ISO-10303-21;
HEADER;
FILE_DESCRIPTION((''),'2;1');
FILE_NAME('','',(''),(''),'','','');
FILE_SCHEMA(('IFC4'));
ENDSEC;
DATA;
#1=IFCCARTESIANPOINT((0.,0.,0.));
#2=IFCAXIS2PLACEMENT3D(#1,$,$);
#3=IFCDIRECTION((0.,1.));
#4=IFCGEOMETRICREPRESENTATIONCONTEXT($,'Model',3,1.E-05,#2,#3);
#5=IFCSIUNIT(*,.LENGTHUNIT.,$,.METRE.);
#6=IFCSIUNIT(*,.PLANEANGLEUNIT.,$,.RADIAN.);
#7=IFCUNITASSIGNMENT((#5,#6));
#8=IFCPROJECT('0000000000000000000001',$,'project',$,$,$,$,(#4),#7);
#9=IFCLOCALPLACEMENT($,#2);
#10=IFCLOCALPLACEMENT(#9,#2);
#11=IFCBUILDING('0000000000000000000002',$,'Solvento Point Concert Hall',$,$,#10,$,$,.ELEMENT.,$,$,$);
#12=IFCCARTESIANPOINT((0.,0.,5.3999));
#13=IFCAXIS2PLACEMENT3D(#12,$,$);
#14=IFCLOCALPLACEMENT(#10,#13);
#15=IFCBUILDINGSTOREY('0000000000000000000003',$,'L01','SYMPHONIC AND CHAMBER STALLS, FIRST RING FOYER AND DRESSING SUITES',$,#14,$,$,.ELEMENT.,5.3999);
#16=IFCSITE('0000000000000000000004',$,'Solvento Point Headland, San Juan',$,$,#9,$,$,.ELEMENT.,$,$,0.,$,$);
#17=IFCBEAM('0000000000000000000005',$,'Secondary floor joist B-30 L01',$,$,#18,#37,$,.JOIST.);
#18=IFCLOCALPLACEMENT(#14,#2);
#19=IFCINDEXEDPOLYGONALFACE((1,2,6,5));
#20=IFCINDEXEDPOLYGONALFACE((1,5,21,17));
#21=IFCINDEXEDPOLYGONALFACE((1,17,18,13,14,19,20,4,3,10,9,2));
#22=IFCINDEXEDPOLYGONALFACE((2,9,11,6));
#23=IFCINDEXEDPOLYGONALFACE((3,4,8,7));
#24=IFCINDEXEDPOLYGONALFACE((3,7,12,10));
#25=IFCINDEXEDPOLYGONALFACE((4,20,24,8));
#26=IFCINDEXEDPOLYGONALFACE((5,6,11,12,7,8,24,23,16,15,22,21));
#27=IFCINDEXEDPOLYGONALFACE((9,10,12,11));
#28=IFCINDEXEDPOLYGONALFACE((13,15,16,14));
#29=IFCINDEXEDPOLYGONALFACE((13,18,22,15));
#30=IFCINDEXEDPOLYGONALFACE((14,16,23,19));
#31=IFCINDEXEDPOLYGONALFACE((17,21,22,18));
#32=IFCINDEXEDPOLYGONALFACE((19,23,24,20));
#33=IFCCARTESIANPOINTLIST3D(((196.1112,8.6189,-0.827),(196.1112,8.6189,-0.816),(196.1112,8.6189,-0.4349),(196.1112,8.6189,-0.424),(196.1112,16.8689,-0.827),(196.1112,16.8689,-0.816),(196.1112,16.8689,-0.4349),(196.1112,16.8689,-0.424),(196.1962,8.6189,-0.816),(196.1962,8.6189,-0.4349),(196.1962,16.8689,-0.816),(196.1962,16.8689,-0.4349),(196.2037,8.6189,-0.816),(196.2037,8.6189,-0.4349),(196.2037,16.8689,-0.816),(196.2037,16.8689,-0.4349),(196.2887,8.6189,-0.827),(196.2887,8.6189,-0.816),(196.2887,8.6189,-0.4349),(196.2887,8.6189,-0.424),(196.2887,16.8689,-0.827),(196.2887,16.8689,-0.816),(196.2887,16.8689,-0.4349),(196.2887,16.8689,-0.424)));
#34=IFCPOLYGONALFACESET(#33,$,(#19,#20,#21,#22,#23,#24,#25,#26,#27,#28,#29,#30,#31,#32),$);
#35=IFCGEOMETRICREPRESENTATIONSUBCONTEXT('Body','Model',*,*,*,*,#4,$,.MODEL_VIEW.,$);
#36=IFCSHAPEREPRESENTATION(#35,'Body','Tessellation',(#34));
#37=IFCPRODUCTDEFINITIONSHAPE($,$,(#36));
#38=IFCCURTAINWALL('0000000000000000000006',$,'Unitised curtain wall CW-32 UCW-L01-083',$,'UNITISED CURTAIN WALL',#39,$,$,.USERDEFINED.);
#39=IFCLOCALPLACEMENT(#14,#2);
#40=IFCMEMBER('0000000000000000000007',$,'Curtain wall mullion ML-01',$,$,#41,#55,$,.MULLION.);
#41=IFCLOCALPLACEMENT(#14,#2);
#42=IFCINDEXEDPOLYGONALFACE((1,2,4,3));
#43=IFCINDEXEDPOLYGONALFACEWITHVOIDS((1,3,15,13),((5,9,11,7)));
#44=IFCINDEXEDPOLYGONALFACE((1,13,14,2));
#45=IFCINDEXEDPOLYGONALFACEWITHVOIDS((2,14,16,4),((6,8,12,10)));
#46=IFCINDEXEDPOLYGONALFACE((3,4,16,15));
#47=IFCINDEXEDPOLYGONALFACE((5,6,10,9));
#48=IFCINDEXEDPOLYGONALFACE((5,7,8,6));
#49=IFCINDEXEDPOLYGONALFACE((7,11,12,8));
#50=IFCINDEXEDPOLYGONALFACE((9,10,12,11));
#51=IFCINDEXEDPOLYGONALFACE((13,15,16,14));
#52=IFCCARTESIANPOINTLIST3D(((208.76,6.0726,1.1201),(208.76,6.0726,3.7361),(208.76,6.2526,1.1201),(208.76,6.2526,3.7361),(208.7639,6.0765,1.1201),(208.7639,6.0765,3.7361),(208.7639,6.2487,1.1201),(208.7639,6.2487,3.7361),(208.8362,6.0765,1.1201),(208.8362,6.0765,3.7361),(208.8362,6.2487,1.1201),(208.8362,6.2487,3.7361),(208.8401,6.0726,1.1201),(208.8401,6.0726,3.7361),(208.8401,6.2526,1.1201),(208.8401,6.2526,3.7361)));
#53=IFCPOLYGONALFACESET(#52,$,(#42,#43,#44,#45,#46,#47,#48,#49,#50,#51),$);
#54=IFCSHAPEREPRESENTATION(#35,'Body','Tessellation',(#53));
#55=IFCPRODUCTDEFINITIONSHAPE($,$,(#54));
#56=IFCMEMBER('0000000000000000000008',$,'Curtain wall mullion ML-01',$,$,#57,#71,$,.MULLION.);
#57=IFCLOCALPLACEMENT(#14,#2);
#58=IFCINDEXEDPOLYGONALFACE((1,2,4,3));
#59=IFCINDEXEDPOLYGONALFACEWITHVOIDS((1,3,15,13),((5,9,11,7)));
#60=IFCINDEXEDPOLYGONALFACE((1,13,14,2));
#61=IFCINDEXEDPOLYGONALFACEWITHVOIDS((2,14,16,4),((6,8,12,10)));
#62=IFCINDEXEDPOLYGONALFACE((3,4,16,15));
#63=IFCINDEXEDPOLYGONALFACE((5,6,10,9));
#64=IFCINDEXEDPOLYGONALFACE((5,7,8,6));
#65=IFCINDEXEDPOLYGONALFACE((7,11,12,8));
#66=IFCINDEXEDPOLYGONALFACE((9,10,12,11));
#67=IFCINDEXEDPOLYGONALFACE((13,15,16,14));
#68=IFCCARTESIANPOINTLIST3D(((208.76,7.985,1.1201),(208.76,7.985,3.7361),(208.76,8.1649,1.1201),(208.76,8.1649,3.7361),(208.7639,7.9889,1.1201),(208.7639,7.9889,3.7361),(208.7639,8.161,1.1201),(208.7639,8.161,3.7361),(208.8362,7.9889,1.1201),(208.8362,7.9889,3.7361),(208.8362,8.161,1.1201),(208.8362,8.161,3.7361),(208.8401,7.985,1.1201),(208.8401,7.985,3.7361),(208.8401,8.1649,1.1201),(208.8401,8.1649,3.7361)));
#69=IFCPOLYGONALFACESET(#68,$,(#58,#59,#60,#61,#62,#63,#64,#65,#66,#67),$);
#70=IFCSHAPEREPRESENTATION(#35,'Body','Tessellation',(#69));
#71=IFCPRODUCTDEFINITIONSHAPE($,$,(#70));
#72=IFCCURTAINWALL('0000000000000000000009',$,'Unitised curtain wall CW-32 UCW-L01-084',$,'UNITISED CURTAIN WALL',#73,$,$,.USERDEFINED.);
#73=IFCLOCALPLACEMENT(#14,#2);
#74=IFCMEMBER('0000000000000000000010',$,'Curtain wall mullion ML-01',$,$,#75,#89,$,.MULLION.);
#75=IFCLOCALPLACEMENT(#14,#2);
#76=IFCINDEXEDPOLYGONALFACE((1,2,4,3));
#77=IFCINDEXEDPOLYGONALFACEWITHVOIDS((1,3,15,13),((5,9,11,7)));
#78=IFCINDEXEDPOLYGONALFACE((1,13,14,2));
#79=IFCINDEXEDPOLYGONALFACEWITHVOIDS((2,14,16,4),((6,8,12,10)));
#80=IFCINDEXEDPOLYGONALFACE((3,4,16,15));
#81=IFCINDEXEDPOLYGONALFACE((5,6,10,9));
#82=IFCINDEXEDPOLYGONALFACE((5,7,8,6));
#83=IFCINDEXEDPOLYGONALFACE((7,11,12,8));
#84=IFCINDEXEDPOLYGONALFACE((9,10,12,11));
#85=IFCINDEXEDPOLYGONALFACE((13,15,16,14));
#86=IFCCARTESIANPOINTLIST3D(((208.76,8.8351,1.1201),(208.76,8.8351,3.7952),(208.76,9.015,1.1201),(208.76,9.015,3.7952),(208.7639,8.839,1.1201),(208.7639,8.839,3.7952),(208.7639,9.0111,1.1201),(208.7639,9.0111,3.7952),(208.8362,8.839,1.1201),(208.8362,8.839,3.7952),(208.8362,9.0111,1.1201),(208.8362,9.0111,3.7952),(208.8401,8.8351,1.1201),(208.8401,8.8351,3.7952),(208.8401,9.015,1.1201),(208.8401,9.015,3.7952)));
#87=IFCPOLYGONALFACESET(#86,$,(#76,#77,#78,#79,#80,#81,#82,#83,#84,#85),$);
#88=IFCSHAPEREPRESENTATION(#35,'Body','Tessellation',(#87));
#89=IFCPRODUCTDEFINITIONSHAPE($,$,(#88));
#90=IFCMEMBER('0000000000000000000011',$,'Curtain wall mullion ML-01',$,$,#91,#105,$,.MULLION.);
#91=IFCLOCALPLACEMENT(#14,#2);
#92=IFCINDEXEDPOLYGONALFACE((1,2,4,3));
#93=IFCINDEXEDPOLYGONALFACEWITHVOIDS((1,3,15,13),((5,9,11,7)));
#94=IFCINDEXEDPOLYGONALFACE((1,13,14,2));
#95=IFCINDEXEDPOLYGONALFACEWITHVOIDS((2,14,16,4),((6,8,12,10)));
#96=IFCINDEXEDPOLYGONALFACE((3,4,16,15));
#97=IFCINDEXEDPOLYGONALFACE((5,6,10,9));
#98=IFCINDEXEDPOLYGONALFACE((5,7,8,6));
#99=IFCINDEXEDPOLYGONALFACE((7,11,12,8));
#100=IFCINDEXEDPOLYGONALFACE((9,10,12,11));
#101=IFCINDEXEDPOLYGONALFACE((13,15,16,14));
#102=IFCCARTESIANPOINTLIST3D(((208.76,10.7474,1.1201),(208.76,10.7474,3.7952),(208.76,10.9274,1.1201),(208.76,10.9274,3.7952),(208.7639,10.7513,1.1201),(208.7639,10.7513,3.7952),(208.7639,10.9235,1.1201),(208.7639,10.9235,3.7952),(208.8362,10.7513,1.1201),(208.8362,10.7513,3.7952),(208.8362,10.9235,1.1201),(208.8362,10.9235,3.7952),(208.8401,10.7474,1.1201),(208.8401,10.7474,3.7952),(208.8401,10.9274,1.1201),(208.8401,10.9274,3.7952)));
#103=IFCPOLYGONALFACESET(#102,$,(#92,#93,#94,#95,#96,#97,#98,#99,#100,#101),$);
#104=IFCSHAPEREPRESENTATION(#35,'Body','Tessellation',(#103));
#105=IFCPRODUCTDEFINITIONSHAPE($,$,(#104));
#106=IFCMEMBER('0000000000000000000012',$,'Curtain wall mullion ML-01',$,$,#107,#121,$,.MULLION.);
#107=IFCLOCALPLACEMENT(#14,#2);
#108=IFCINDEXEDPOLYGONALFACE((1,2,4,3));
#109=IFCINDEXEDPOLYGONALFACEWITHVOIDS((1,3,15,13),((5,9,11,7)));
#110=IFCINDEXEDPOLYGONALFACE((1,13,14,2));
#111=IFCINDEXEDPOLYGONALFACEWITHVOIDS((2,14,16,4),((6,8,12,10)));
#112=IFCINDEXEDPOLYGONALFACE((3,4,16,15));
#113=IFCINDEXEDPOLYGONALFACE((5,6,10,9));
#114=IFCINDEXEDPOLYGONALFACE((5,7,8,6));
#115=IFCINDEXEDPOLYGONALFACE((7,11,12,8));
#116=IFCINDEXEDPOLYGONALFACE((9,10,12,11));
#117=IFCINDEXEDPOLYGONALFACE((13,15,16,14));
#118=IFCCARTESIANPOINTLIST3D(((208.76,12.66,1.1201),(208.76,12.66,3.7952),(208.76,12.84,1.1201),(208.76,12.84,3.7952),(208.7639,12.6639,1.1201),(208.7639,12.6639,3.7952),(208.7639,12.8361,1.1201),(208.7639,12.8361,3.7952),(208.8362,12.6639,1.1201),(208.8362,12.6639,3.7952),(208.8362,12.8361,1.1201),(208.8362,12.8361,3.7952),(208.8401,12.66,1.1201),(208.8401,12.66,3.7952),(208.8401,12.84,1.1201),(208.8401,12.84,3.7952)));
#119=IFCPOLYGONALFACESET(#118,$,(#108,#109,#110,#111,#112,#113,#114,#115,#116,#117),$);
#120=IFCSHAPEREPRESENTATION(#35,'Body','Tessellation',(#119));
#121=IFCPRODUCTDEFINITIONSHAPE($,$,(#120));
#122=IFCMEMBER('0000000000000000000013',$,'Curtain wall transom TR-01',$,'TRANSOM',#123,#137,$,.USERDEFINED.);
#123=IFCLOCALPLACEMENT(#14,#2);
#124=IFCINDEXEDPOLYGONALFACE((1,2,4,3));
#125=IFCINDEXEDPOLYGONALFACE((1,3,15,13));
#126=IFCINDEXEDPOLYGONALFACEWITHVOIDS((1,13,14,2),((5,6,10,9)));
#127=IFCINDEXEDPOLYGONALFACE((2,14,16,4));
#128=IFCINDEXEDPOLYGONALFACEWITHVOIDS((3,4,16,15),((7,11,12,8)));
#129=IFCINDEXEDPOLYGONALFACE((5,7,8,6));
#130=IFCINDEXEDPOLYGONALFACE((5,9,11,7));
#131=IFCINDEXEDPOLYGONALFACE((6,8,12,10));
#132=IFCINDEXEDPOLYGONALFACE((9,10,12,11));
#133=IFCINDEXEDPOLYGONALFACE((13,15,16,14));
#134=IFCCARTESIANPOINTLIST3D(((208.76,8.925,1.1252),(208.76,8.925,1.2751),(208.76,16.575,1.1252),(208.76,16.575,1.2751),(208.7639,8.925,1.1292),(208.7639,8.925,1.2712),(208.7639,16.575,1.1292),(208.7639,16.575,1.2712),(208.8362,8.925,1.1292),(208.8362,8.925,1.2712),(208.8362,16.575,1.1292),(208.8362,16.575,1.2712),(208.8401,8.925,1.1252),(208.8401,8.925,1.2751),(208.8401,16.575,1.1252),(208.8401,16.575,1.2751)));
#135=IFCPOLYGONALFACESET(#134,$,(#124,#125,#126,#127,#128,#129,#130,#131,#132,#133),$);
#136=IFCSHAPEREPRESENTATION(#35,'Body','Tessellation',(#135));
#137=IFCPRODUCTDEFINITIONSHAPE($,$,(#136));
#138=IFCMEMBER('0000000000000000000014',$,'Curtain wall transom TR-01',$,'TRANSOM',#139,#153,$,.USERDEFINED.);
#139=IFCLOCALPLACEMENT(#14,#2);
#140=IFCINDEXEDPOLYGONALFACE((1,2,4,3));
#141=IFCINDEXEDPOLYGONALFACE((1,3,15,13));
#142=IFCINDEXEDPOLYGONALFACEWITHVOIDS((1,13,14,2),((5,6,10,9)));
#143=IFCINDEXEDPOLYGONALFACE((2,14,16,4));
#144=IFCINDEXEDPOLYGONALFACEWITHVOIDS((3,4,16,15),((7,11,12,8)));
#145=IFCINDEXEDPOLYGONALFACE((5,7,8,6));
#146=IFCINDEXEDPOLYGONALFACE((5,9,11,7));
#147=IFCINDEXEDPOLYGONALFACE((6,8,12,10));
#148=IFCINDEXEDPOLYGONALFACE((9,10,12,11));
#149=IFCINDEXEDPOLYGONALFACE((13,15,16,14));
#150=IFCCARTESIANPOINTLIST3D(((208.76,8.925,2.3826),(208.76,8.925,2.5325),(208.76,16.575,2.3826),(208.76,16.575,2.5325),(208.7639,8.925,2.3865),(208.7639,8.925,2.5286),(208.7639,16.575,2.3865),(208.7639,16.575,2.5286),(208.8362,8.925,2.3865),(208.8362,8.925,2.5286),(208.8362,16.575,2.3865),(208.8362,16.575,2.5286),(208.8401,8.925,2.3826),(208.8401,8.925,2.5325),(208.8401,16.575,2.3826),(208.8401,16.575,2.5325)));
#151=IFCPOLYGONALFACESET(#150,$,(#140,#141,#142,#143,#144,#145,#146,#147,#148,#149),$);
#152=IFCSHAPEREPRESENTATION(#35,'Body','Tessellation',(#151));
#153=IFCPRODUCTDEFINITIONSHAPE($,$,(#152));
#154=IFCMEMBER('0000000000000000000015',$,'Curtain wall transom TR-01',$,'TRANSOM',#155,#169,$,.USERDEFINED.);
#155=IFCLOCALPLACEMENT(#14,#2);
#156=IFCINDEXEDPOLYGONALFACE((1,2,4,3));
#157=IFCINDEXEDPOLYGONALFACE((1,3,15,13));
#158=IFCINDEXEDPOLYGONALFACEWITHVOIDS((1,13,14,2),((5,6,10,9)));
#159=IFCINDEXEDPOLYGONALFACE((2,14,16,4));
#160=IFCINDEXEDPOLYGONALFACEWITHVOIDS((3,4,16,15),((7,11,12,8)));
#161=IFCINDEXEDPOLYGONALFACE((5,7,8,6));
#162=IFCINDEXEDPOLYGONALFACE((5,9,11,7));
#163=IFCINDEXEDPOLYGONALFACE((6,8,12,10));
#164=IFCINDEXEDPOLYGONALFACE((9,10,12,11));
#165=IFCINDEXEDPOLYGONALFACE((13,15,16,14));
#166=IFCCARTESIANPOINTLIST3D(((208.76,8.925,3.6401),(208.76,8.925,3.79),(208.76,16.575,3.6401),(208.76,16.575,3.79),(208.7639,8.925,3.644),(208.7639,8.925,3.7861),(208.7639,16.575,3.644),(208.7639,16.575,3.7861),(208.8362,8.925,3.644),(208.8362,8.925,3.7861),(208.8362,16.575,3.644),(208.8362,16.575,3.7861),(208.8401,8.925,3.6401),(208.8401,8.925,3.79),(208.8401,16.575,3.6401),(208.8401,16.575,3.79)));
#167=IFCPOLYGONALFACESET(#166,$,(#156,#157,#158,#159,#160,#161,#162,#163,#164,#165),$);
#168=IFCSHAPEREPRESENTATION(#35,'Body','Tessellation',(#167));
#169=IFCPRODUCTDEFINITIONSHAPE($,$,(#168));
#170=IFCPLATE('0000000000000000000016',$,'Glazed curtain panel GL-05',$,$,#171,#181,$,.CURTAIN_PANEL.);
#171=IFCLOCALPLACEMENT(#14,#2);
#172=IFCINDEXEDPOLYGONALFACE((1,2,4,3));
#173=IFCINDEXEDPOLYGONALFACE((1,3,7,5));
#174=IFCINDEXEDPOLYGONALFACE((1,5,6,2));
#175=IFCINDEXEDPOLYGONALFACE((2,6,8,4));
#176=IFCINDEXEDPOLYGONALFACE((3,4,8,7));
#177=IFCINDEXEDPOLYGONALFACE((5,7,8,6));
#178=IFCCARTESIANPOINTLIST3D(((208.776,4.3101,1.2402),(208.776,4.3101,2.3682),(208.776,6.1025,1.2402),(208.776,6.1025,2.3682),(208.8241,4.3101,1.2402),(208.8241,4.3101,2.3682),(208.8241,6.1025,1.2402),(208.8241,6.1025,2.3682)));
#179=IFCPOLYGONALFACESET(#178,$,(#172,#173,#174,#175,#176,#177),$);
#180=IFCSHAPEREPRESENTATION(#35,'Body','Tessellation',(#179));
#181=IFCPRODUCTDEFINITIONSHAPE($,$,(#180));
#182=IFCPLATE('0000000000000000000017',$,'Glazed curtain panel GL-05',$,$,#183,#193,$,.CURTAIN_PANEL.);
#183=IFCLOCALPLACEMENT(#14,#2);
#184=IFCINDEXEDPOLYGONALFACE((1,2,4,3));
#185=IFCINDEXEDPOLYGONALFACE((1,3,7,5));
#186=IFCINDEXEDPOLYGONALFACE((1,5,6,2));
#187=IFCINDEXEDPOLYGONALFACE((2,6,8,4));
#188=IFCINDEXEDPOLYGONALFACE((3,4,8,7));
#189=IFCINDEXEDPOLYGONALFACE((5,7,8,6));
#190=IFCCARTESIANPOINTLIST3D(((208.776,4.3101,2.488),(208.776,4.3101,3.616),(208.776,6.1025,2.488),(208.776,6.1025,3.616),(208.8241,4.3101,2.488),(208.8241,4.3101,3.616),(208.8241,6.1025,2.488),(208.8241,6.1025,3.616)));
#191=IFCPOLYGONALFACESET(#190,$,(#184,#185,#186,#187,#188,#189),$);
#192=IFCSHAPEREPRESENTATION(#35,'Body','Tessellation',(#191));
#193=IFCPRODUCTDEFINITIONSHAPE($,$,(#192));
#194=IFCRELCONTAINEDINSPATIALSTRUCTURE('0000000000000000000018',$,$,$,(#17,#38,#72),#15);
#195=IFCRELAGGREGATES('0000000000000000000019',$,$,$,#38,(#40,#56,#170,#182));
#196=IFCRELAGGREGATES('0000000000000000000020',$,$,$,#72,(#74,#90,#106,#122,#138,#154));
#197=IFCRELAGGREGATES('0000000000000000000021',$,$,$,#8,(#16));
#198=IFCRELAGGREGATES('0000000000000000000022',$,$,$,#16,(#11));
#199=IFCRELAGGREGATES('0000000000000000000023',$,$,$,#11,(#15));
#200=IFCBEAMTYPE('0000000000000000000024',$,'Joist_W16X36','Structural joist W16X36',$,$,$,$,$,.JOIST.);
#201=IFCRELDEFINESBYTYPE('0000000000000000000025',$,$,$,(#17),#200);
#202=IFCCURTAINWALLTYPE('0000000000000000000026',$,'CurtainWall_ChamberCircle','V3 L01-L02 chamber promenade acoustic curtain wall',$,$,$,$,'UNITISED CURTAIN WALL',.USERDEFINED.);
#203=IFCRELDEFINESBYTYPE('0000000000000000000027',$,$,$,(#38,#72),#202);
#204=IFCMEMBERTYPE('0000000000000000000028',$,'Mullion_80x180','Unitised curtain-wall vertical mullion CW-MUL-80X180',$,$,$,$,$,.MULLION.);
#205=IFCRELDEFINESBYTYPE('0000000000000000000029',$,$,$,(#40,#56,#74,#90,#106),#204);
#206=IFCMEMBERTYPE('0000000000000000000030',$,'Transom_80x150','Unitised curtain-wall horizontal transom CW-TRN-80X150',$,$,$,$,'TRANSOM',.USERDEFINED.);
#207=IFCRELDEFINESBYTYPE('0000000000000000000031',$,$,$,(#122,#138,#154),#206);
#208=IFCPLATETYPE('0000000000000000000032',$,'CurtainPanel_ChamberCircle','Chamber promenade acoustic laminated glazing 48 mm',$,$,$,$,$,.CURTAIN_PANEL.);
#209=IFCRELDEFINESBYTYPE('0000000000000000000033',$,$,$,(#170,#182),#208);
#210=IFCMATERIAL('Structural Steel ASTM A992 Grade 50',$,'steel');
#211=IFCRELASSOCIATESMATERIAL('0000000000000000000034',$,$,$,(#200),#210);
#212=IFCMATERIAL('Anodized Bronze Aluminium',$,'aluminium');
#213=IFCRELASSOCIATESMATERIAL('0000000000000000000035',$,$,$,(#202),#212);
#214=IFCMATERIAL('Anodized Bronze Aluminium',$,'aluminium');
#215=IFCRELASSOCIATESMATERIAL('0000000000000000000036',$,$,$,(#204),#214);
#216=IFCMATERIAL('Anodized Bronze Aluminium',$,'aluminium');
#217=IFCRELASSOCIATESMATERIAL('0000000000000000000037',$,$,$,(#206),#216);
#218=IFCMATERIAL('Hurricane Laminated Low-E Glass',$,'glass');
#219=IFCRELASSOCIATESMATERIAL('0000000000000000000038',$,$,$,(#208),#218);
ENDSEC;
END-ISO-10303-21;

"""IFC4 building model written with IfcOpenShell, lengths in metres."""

from ifc_helpers import new_model, si_unit, direction, frame, origin, origin_2d, place, context, subcontext, project, spatial, rectangle, hollow_rectangle, i_section, extrude, material, material_profile, profile_set, type_object, element, aggregate, save


model = new_model("IFC4")

# Units and contexts
model_context = context("Model", 3, precision=1e-05, world=origin(), true_north=direction((0.0, 1.0)))
body_context = subcontext(model_context, "Body", "Model", "MODEL_VIEW")
ifc_project = project(units=[si_unit("LENGTHUNIT", "METRE"), si_unit("PLANEANGLEUNIT", "RADIAN")], contexts=[model_context])

# Site, building, storey
site_placement = place(None, origin())
site = spatial("IfcSite", under=ifc_project, at=site_placement, Name="Solvento Point Headland, San Juan", CompositionType="ELEMENT", RefElevation=0.0)
building_placement = place(site_placement, origin())
building = spatial("IfcBuilding", under=site, at=building_placement, Name="Solvento Point Concert Hall", CompositionType="ELEMENT")
storey_placement = place(building_placement, frame((0.0, 0.0, 5.3999)))
storey = spatial("IfcBuildingStorey", under=building, at=storey_placement, Name="L01", Description="SYMPHONIC AND CHAMBER STALLS, FIRST RING FOYER AND DRESSING SUITES", CompositionType="ELEMENT", Elevation=5.3999)

# Beam
ifc_material_1 = material(Name="Structural Steel ASTM A992 Grade 50", Category="steel")
ifc_material_profile_1 = material_profile(ifc_material_1, i_section(OverallWidth=0.1775, OverallDepth=0.4031, WebThickness=0.0076, FlangeThickness=0.011, at=origin_2d()), Name="W16X36")
ifc_profile_set_1 = profile_set([ifc_material_profile_1], Name="Structural Steel ASTM A992 Grade 50")
beam_type_1 = type_object("IfcBeamType", Name="Joist_W16X36", Description="Structural joist W16X36", PredefinedType="JOIST", material=ifc_profile_set_1)
beam_1_placement = place(storey_placement, frame((196.2, 8.6189, -0.6255), z_axis=(0.0, 1.0, 0.0), x_axis=(-1.0, 0.0, 0.0)))
element("IfcBeam", 1, at=beam_1_placement, inside=storey, type_object=beam_type_1, Name="Secondary floor joist B-30 L01", PredefinedType="JOIST", context=body_context, shape_type="SweptSolid", body=[
    extrude(i_section(OverallWidth=0.1775, OverallDepth=0.4031, WebThickness=0.0076, FlangeThickness=0.011, at=origin_2d()), origin(), (0.0, 0.0, 1.0), 8.25),
])

# Curtain walls, members
ifc_material_2 = material(Name="Anodized Bronze Aluminium", Category="aluminium")
curtain_wall_type = type_object("IfcCurtainWallType", Name="CurtainWall_ChamberCircle", Description="V3 L01-L02 chamber promenade acoustic curtain wall", ElementType="UNITISED CURTAIN WALL", PredefinedType="USERDEFINED", material=ifc_material_2)
curtain_wall_1_placement = place(storey_placement, origin())
curtain_wall_1 = element("IfcCurtainWall", 2, at=curtain_wall_1_placement, inside=storey, type_object=curtain_wall_type, Name="Unitised curtain wall CW-32 UCW-L01-083", ObjectType="UNITISED CURTAIN WALL", PredefinedType="USERDEFINED")
ifc_material_3 = material(Name="Anodized Bronze Aluminium", Category="aluminium")
ifc_material_profile_2 = material_profile(ifc_material_3, hollow_rectangle(XDim=0.0801, YDim=0.1799, WallThickness=0.0039, at=origin_2d()), Name="CW-MUL-80X180")
ifc_profile_set_2 = profile_set([ifc_material_profile_2], Name="Anodized Bronze Aluminium")
member_type_1 = type_object("IfcMemberType", Name="Mullion_80x180", Description="Unitised curtain-wall vertical mullion CW-MUL-80X180", PredefinedType="MULLION", material=ifc_profile_set_2)
member_1_placement = place(storey_placement, frame((208.8, 6.1626, 1.1201), z_axis=(0.0, 0.0, 1.0), x_axis=(1.0, 0.0, 0.0)))
member_1 = element("IfcMember", 3, at=member_1_placement, type_object=member_type_1, Name="Curtain wall mullion ML-01", PredefinedType="MULLION", context=body_context, shape_type="SweptSolid", body=[
    extrude(hollow_rectangle(XDim=0.0801, YDim=0.1799, WallThickness=0.0039, at=origin_2d()), origin(), (0.0, 0.0, 1.0), 2.616),
])
member_2_placement = place(storey_placement, frame((208.8, 8.075, 1.1201), z_axis=(0.0, 0.0, 1.0), x_axis=(1.0, 0.0, 0.0)))
member_2 = element("IfcMember", 4, at=member_2_placement, type_object=member_type_1, Name="Curtain wall mullion ML-01", PredefinedType="MULLION", context=body_context, shape_type="SweptSolid", body=[
    extrude(hollow_rectangle(XDim=0.0801, YDim=0.1799, WallThickness=0.0039, at=origin_2d()), origin(), (0.0, 0.0, 1.0), 2.616),
])
curtain_wall_2_placement = place(storey_placement, origin())
curtain_wall_2 = element("IfcCurtainWall", 5, at=curtain_wall_2_placement, inside=storey, type_object=curtain_wall_type, Name="Unitised curtain wall CW-32 UCW-L01-084", ObjectType="UNITISED CURTAIN WALL", PredefinedType="USERDEFINED")
member_3_placement = place(storey_placement, frame((208.8, 8.925, 1.1201), z_axis=(0.0, 0.0, 1.0), x_axis=(1.0, 0.0, 0.0)))
member_3 = element("IfcMember", 6, at=member_3_placement, type_object=member_type_1, Name="Curtain wall mullion ML-01", PredefinedType="MULLION", context=body_context, shape_type="SweptSolid", body=[
    extrude(hollow_rectangle(XDim=0.0801, YDim=0.1799, WallThickness=0.0039, at=origin_2d()), origin(), (0.0, 0.0, 1.0), 2.675),
])
member_4_placement = place(storey_placement, frame((208.8, 10.8374, 1.1201), z_axis=(0.0, 0.0, 1.0), x_axis=(1.0, 0.0, 0.0)))
member_4 = element("IfcMember", 7, at=member_4_placement, type_object=member_type_1, Name="Curtain wall mullion ML-01", PredefinedType="MULLION", context=body_context, shape_type="SweptSolid", body=[
    extrude(hollow_rectangle(XDim=0.0801, YDim=0.1799, WallThickness=0.0039, at=origin_2d()), origin(), (0.0, 0.0, 1.0), 2.675),
])
member_5_placement = place(storey_placement, frame((208.8, 12.75, 1.1201), z_axis=(0.0, 0.0, 1.0), x_axis=(1.0, 0.0, 0.0)))
member_5 = element("IfcMember", 8, at=member_5_placement, type_object=member_type_1, Name="Curtain wall mullion ML-01", PredefinedType="MULLION", context=body_context, shape_type="SweptSolid", body=[
    extrude(hollow_rectangle(XDim=0.0801, YDim=0.1799, WallThickness=0.0039, at=origin_2d()), origin(), (0.0, 0.0, 1.0), 2.675),
])
ifc_material_4 = material(Name="Anodized Bronze Aluminium", Category="aluminium")
ifc_material_profile_3 = material_profile(ifc_material_4, hollow_rectangle(XDim=0.0801, YDim=0.1499, WallThickness=0.0039, at=origin_2d()), Name="CW-TRN-80X150")
ifc_profile_set_3 = profile_set([ifc_material_profile_3], Name="Anodized Bronze Aluminium")
member_type_2 = type_object("IfcMemberType", Name="Transom_80x150", Description="Unitised curtain-wall horizontal transom CW-TRN-80X150", ElementType="TRANSOM", PredefinedType="USERDEFINED", material=ifc_profile_set_3)
member_6_placement = place(storey_placement, frame((208.8, 8.925, 1.2002), z_axis=(0.0, 1.0, 0.0), x_axis=(-1.0, 0.0, 0.0)))
member_6 = element("IfcMember", 9, at=member_6_placement, type_object=member_type_2, Name="Curtain wall transom TR-01", ObjectType="TRANSOM", PredefinedType="USERDEFINED", context=body_context, shape_type="SweptSolid", body=[
    extrude(hollow_rectangle(XDim=0.0801, YDim=0.1499, WallThickness=0.0039, at=origin_2d()), origin(), (0.0, 0.0, 1.0), 7.6499),
])
member_7_placement = place(storey_placement, frame((208.8, 8.925, 2.4575), z_axis=(0.0, 1.0, 0.0), x_axis=(-1.0, 0.0, 0.0)))
member_7 = element("IfcMember", 10, at=member_7_placement, type_object=member_type_2, Name="Curtain wall transom TR-01", ObjectType="TRANSOM", PredefinedType="USERDEFINED", context=body_context, shape_type="SweptSolid", body=[
    extrude(hollow_rectangle(XDim=0.0801, YDim=0.1499, WallThickness=0.0039, at=origin_2d()), origin(), (0.0, 0.0, 1.0), 7.6499),
])
member_8_placement = place(storey_placement, frame((208.8, 8.925, 3.7151), z_axis=(0.0, 1.0, 0.0), x_axis=(-1.0, 0.0, 0.0)))
member_8 = element("IfcMember", 11, at=member_8_placement, type_object=member_type_2, Name="Curtain wall transom TR-01", ObjectType="TRANSOM", PredefinedType="USERDEFINED", context=body_context, shape_type="SweptSolid", body=[
    extrude(hollow_rectangle(XDim=0.0801, YDim=0.1499, WallThickness=0.0039, at=origin_2d()), origin(), (0.0, 0.0, 1.0), 7.6499),
])

# Plates
ifc_material_5 = material(Name="Hurricane Laminated Low-E Glass", Category="glass")
plate_type = type_object("IfcPlateType", Name="CurtainPanel_ChamberCircle", Description="Chamber promenade acoustic laminated glazing 48 mm", PredefinedType="CURTAIN_PANEL", material=ifc_material_5)
plate_1_placement = place(storey_placement, frame((208.8, 5.2063, 1.2402), z_axis=(0.0, 0.0, 1.0), x_axis=(0.0, 1.0, 0.0)))
plate_1 = element("IfcPlate", 12, at=plate_1_placement, type_object=plate_type, Name="Glazed curtain panel GL-05", PredefinedType="CURTAIN_PANEL", context=body_context, shape_type="SweptSolid", body=[
    extrude(rectangle(XDim=1.7925, YDim=0.0481, at=origin_2d()), origin(), (0.0, 0.0, 1.0), 1.1279),
])
plate_2_placement = place(storey_placement, frame((208.8, 5.2063, 2.488), z_axis=(0.0, 0.0, 1.0), x_axis=(0.0, 1.0, 0.0)))
plate_2 = element("IfcPlate", 13, at=plate_2_placement, type_object=plate_type, Name="Glazed curtain panel GL-05", PredefinedType="CURTAIN_PANEL", context=body_context, shape_type="SweptSolid", body=[
    extrude(rectangle(XDim=1.7925, YDim=0.0481, at=origin_2d()), origin(), (0.0, 0.0, 1.0), 1.1279),
])
aggregate(curtain_wall_1, [member_1, member_2, plate_1, plate_2])
aggregate(curtain_wall_2, [member_3, member_4, member_5, member_6, member_7, member_8])

save(model, "model.ifc")
